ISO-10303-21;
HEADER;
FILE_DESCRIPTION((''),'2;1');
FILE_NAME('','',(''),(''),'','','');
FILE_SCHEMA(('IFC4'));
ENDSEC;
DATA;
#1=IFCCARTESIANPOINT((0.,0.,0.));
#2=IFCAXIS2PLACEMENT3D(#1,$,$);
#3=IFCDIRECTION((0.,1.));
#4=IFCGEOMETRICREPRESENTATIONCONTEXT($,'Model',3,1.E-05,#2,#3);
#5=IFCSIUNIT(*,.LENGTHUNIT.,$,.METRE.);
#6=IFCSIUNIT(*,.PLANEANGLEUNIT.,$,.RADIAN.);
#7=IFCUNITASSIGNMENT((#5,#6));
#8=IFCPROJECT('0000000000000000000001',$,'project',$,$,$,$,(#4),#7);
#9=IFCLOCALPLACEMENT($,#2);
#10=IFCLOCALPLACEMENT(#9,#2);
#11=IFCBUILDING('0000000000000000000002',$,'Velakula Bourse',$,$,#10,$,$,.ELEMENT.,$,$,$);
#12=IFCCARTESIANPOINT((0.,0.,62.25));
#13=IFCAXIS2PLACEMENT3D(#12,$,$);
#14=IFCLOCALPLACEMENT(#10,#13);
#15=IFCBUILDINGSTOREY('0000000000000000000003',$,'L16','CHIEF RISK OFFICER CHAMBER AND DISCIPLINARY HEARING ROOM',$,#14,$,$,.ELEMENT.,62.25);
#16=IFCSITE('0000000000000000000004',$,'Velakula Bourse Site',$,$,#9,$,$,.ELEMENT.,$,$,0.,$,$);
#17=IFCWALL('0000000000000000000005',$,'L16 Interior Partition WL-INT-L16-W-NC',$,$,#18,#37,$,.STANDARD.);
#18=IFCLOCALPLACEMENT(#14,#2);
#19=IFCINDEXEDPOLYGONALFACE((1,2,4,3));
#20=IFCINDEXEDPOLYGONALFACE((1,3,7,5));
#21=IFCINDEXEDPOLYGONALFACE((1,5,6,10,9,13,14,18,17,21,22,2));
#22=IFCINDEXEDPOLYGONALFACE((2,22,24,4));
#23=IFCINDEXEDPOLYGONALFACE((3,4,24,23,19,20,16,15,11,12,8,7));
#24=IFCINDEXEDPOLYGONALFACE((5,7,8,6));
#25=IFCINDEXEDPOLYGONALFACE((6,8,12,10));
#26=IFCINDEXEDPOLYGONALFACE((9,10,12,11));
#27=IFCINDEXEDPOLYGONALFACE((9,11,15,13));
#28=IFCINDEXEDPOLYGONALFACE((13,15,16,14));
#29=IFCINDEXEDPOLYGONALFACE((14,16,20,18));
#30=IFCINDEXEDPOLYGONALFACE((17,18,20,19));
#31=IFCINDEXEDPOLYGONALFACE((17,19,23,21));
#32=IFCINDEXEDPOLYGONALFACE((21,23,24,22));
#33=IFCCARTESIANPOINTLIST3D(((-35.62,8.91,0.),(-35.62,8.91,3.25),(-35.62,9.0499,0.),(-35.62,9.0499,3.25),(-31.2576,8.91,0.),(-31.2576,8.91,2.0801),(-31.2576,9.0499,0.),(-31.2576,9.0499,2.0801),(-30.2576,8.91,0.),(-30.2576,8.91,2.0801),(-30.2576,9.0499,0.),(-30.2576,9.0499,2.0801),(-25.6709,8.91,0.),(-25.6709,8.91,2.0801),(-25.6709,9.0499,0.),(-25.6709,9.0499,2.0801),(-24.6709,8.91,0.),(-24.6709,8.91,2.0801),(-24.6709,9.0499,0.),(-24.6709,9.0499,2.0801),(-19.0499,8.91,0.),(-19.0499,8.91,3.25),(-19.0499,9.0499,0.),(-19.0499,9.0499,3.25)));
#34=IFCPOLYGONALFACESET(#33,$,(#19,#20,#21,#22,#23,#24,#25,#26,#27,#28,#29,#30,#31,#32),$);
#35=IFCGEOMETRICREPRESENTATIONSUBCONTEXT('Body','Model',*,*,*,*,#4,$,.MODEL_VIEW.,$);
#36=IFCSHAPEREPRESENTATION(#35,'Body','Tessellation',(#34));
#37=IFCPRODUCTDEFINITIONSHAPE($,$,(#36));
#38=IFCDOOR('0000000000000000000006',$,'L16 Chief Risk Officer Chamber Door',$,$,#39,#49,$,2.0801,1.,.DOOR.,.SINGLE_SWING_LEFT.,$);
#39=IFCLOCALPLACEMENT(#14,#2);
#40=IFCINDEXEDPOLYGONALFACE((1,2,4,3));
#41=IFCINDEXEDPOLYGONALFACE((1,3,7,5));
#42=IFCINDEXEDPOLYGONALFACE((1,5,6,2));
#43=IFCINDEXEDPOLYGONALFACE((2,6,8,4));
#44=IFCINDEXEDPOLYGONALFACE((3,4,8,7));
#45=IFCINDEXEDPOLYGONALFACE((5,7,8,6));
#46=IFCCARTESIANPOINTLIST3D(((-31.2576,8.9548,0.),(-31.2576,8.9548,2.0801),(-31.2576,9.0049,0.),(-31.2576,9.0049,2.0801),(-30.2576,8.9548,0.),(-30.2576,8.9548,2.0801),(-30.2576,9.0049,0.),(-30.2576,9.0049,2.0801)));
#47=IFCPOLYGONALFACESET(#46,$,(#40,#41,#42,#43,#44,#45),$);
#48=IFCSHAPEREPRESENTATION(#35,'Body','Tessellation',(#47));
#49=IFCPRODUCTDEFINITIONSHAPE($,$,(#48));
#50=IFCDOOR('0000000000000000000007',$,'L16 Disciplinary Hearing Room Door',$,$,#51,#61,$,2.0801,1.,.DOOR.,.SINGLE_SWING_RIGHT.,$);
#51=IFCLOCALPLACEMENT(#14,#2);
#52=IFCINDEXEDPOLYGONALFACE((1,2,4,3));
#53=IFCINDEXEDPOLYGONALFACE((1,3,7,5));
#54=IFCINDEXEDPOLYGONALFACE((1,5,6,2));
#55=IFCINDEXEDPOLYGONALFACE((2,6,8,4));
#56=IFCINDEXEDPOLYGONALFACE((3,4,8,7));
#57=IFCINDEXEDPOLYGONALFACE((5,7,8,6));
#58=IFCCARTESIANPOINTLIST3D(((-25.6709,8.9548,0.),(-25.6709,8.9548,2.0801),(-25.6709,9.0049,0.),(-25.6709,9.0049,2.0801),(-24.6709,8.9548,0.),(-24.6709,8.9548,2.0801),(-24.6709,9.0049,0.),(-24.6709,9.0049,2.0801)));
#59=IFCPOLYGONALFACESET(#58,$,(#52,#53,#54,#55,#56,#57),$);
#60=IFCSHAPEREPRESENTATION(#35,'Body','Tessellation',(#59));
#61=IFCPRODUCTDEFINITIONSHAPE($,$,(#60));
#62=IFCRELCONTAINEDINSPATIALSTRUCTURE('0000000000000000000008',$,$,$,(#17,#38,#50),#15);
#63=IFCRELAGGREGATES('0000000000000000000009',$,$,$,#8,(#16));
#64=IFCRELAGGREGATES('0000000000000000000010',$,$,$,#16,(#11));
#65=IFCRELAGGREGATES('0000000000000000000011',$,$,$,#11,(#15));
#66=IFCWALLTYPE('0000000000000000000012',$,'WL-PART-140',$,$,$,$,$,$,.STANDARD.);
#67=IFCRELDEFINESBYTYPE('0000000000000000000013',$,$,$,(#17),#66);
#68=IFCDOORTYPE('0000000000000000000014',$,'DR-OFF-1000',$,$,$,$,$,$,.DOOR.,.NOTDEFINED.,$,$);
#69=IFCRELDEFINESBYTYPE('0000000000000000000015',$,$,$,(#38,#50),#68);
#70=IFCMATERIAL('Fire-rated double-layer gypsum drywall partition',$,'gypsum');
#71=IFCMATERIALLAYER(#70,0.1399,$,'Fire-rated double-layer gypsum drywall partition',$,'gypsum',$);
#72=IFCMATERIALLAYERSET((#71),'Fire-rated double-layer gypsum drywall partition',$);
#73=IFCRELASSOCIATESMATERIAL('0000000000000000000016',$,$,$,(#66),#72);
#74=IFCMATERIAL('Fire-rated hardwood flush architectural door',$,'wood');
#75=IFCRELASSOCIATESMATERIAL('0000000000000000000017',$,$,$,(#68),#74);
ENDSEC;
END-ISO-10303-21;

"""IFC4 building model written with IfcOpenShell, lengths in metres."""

from ifc_helpers import new_model, si_unit, direction, frame, frame_2d, origin, place, context, subcontext, project, spatial, rectangle, extrude, material, layer, layer_set, type_object, element, fill, save


model = new_model("IFC4")

# Units and contexts
model_context = context("Model", 3, precision=1e-05, world=origin(), true_north=direction((0.0, 1.0)))
body_context = subcontext(model_context, "Body", "Model", "MODEL_VIEW")
ifc_project = project(units=[si_unit("LENGTHUNIT", "METRE"), si_unit("PLANEANGLEUNIT", "RADIAN")], contexts=[model_context])

# Site, building, storey
site_placement = place(None, origin())
site = spatial("IfcSite", under=ifc_project, at=site_placement, Name="Velakula Bourse Site", CompositionType="ELEMENT", RefElevation=0.0)
building_placement = place(site_placement, origin())
building = spatial("IfcBuilding", under=site, at=building_placement, Name="Velakula Bourse", CompositionType="ELEMENT")
storey_placement = place(building_placement, frame((0.0, 0.0, 62.25)))
storey = spatial("IfcBuildingStorey", under=building, at=storey_placement, Name="L16", Description="CHIEF RISK OFFICER CHAMBER AND DISCIPLINARY HEARING ROOM", CompositionType="ELEMENT", Elevation=62.25)

# Wall, openings, doors
ifc_material_1 = material(Name="Fire-rated double-layer gypsum drywall partition", Category="gypsum")
ifc_layer_1 = layer(ifc_material_1, 0.1399, Name="Fire-rated double-layer gypsum drywall partition", Category="gypsum")
ifc_layer_set_1 = layer_set([ifc_layer_1], Name="Fire-rated double-layer gypsum drywall partition")
wall_type_1 = type_object("IfcWallType", Name="WL-PART-140", PredefinedType="STANDARD", material=ifc_layer_set_1)
ifc_material_2 = material(Name="Fire-rated hardwood flush architectural door", Category="wood")
door_type = type_object("IfcDoorType", Name="DR-OFF-1000", OperationType="NOTDEFINED", PredefinedType="DOOR", material=ifc_material_2)
wall_1_placement = place(storey_placement, frame((-35.6201, 8.98, 0.0), z_axis=(0.0, 0.0, 1.0), x_axis=(1.0, 0.0, 0.0)))
wall_1 = element("IfcWall", 1, at=wall_1_placement, inside=storey, type_object=wall_type_1, Name="L16 Interior Partition WL-INT-L16-W-NC", PredefinedType="STANDARD", context=body_context, shape_type="SweptSolid", body=[
    extrude(rectangle(XDim=16.5701, YDim=0.1399, at=frame_2d((8.2852, 0.0))), origin(), (0.0, 0.0, 1.0), 3.25),
])
opening_1_placement = place(wall_1_placement, frame((4.3625, 0.0, 0.0)))
opening_1 = element("IfcOpeningElement", 2, at=opening_1_placement, cuts=wall_1, PredefinedType="OPENING", context=body_context, shape_type="SweptSolid", body=[
    extrude(rectangle(XDim=1.0, YDim=2.0801, at=frame_2d((0.5, 1.04))), frame((0.0, 0.0798, 0.0), z_axis=(0.0, -1.0, 0.0), x_axis=(1.0, 0.0, 0.0)), (0.0, 0.0, 1.0), 0.1599),
])
opening_2_placement = place(wall_1_placement, frame((9.9492, 0.0, 0.0)))
opening_2 = element("IfcOpeningElement", 3, at=opening_2_placement, cuts=wall_1, PredefinedType="OPENING", context=body_context, shape_type="SweptSolid", body=[
    extrude(rectangle(XDim=1.0, YDim=2.0801, at=frame_2d((0.5, 1.04))), frame((0.0, 0.0798, 0.0), z_axis=(0.0, -1.0, 0.0), x_axis=(1.0, 0.0, 0.0)), (0.0, 0.0, 1.0), 0.1599),
])
door_1_placement = place(opening_1_placement, origin())
door_1 = element("IfcDoor", 4, at=door_1_placement, inside=storey, type_object=door_type, Name="L16 Chief Risk Officer Chamber Door", OperationType="SINGLE_SWING_LEFT", OverallHeight=2.0801, OverallWidth=1.0, PredefinedType="DOOR", context=body_context, shape_type="SweptSolid", body=[
    extrude(rectangle(XDim=1.0, YDim=2.0801, at=frame_2d((0.5, 1.04))), frame((0.0, 0.0249, 0.0), z_axis=(0.0, -1.0, 0.0), x_axis=(1.0, 0.0, 0.0)), (0.0, 0.0, 1.0), 0.05),
])
fill(opening_1, door_1)
door_2_placement = place(opening_2_placement, origin())
door_2 = element("IfcDoor", 5, at=door_2_placement, inside=storey, type_object=door_type, Name="L16 Disciplinary Hearing Room Door", OperationType="SINGLE_SWING_RIGHT", OverallHeight=2.0801, OverallWidth=1.0, PredefinedType="DOOR", context=body_context, shape_type="SweptSolid", body=[
    extrude(rectangle(XDim=1.0, YDim=2.0801, at=frame_2d((0.5, 1.04))), frame((0.0, 0.0249, 0.0), z_axis=(0.0, -1.0, 0.0), x_axis=(1.0, 0.0, 0.0)), (0.0, 0.0, 1.0), 0.05),
])
fill(opening_2, door_2)

save(model, "model.ifc")
